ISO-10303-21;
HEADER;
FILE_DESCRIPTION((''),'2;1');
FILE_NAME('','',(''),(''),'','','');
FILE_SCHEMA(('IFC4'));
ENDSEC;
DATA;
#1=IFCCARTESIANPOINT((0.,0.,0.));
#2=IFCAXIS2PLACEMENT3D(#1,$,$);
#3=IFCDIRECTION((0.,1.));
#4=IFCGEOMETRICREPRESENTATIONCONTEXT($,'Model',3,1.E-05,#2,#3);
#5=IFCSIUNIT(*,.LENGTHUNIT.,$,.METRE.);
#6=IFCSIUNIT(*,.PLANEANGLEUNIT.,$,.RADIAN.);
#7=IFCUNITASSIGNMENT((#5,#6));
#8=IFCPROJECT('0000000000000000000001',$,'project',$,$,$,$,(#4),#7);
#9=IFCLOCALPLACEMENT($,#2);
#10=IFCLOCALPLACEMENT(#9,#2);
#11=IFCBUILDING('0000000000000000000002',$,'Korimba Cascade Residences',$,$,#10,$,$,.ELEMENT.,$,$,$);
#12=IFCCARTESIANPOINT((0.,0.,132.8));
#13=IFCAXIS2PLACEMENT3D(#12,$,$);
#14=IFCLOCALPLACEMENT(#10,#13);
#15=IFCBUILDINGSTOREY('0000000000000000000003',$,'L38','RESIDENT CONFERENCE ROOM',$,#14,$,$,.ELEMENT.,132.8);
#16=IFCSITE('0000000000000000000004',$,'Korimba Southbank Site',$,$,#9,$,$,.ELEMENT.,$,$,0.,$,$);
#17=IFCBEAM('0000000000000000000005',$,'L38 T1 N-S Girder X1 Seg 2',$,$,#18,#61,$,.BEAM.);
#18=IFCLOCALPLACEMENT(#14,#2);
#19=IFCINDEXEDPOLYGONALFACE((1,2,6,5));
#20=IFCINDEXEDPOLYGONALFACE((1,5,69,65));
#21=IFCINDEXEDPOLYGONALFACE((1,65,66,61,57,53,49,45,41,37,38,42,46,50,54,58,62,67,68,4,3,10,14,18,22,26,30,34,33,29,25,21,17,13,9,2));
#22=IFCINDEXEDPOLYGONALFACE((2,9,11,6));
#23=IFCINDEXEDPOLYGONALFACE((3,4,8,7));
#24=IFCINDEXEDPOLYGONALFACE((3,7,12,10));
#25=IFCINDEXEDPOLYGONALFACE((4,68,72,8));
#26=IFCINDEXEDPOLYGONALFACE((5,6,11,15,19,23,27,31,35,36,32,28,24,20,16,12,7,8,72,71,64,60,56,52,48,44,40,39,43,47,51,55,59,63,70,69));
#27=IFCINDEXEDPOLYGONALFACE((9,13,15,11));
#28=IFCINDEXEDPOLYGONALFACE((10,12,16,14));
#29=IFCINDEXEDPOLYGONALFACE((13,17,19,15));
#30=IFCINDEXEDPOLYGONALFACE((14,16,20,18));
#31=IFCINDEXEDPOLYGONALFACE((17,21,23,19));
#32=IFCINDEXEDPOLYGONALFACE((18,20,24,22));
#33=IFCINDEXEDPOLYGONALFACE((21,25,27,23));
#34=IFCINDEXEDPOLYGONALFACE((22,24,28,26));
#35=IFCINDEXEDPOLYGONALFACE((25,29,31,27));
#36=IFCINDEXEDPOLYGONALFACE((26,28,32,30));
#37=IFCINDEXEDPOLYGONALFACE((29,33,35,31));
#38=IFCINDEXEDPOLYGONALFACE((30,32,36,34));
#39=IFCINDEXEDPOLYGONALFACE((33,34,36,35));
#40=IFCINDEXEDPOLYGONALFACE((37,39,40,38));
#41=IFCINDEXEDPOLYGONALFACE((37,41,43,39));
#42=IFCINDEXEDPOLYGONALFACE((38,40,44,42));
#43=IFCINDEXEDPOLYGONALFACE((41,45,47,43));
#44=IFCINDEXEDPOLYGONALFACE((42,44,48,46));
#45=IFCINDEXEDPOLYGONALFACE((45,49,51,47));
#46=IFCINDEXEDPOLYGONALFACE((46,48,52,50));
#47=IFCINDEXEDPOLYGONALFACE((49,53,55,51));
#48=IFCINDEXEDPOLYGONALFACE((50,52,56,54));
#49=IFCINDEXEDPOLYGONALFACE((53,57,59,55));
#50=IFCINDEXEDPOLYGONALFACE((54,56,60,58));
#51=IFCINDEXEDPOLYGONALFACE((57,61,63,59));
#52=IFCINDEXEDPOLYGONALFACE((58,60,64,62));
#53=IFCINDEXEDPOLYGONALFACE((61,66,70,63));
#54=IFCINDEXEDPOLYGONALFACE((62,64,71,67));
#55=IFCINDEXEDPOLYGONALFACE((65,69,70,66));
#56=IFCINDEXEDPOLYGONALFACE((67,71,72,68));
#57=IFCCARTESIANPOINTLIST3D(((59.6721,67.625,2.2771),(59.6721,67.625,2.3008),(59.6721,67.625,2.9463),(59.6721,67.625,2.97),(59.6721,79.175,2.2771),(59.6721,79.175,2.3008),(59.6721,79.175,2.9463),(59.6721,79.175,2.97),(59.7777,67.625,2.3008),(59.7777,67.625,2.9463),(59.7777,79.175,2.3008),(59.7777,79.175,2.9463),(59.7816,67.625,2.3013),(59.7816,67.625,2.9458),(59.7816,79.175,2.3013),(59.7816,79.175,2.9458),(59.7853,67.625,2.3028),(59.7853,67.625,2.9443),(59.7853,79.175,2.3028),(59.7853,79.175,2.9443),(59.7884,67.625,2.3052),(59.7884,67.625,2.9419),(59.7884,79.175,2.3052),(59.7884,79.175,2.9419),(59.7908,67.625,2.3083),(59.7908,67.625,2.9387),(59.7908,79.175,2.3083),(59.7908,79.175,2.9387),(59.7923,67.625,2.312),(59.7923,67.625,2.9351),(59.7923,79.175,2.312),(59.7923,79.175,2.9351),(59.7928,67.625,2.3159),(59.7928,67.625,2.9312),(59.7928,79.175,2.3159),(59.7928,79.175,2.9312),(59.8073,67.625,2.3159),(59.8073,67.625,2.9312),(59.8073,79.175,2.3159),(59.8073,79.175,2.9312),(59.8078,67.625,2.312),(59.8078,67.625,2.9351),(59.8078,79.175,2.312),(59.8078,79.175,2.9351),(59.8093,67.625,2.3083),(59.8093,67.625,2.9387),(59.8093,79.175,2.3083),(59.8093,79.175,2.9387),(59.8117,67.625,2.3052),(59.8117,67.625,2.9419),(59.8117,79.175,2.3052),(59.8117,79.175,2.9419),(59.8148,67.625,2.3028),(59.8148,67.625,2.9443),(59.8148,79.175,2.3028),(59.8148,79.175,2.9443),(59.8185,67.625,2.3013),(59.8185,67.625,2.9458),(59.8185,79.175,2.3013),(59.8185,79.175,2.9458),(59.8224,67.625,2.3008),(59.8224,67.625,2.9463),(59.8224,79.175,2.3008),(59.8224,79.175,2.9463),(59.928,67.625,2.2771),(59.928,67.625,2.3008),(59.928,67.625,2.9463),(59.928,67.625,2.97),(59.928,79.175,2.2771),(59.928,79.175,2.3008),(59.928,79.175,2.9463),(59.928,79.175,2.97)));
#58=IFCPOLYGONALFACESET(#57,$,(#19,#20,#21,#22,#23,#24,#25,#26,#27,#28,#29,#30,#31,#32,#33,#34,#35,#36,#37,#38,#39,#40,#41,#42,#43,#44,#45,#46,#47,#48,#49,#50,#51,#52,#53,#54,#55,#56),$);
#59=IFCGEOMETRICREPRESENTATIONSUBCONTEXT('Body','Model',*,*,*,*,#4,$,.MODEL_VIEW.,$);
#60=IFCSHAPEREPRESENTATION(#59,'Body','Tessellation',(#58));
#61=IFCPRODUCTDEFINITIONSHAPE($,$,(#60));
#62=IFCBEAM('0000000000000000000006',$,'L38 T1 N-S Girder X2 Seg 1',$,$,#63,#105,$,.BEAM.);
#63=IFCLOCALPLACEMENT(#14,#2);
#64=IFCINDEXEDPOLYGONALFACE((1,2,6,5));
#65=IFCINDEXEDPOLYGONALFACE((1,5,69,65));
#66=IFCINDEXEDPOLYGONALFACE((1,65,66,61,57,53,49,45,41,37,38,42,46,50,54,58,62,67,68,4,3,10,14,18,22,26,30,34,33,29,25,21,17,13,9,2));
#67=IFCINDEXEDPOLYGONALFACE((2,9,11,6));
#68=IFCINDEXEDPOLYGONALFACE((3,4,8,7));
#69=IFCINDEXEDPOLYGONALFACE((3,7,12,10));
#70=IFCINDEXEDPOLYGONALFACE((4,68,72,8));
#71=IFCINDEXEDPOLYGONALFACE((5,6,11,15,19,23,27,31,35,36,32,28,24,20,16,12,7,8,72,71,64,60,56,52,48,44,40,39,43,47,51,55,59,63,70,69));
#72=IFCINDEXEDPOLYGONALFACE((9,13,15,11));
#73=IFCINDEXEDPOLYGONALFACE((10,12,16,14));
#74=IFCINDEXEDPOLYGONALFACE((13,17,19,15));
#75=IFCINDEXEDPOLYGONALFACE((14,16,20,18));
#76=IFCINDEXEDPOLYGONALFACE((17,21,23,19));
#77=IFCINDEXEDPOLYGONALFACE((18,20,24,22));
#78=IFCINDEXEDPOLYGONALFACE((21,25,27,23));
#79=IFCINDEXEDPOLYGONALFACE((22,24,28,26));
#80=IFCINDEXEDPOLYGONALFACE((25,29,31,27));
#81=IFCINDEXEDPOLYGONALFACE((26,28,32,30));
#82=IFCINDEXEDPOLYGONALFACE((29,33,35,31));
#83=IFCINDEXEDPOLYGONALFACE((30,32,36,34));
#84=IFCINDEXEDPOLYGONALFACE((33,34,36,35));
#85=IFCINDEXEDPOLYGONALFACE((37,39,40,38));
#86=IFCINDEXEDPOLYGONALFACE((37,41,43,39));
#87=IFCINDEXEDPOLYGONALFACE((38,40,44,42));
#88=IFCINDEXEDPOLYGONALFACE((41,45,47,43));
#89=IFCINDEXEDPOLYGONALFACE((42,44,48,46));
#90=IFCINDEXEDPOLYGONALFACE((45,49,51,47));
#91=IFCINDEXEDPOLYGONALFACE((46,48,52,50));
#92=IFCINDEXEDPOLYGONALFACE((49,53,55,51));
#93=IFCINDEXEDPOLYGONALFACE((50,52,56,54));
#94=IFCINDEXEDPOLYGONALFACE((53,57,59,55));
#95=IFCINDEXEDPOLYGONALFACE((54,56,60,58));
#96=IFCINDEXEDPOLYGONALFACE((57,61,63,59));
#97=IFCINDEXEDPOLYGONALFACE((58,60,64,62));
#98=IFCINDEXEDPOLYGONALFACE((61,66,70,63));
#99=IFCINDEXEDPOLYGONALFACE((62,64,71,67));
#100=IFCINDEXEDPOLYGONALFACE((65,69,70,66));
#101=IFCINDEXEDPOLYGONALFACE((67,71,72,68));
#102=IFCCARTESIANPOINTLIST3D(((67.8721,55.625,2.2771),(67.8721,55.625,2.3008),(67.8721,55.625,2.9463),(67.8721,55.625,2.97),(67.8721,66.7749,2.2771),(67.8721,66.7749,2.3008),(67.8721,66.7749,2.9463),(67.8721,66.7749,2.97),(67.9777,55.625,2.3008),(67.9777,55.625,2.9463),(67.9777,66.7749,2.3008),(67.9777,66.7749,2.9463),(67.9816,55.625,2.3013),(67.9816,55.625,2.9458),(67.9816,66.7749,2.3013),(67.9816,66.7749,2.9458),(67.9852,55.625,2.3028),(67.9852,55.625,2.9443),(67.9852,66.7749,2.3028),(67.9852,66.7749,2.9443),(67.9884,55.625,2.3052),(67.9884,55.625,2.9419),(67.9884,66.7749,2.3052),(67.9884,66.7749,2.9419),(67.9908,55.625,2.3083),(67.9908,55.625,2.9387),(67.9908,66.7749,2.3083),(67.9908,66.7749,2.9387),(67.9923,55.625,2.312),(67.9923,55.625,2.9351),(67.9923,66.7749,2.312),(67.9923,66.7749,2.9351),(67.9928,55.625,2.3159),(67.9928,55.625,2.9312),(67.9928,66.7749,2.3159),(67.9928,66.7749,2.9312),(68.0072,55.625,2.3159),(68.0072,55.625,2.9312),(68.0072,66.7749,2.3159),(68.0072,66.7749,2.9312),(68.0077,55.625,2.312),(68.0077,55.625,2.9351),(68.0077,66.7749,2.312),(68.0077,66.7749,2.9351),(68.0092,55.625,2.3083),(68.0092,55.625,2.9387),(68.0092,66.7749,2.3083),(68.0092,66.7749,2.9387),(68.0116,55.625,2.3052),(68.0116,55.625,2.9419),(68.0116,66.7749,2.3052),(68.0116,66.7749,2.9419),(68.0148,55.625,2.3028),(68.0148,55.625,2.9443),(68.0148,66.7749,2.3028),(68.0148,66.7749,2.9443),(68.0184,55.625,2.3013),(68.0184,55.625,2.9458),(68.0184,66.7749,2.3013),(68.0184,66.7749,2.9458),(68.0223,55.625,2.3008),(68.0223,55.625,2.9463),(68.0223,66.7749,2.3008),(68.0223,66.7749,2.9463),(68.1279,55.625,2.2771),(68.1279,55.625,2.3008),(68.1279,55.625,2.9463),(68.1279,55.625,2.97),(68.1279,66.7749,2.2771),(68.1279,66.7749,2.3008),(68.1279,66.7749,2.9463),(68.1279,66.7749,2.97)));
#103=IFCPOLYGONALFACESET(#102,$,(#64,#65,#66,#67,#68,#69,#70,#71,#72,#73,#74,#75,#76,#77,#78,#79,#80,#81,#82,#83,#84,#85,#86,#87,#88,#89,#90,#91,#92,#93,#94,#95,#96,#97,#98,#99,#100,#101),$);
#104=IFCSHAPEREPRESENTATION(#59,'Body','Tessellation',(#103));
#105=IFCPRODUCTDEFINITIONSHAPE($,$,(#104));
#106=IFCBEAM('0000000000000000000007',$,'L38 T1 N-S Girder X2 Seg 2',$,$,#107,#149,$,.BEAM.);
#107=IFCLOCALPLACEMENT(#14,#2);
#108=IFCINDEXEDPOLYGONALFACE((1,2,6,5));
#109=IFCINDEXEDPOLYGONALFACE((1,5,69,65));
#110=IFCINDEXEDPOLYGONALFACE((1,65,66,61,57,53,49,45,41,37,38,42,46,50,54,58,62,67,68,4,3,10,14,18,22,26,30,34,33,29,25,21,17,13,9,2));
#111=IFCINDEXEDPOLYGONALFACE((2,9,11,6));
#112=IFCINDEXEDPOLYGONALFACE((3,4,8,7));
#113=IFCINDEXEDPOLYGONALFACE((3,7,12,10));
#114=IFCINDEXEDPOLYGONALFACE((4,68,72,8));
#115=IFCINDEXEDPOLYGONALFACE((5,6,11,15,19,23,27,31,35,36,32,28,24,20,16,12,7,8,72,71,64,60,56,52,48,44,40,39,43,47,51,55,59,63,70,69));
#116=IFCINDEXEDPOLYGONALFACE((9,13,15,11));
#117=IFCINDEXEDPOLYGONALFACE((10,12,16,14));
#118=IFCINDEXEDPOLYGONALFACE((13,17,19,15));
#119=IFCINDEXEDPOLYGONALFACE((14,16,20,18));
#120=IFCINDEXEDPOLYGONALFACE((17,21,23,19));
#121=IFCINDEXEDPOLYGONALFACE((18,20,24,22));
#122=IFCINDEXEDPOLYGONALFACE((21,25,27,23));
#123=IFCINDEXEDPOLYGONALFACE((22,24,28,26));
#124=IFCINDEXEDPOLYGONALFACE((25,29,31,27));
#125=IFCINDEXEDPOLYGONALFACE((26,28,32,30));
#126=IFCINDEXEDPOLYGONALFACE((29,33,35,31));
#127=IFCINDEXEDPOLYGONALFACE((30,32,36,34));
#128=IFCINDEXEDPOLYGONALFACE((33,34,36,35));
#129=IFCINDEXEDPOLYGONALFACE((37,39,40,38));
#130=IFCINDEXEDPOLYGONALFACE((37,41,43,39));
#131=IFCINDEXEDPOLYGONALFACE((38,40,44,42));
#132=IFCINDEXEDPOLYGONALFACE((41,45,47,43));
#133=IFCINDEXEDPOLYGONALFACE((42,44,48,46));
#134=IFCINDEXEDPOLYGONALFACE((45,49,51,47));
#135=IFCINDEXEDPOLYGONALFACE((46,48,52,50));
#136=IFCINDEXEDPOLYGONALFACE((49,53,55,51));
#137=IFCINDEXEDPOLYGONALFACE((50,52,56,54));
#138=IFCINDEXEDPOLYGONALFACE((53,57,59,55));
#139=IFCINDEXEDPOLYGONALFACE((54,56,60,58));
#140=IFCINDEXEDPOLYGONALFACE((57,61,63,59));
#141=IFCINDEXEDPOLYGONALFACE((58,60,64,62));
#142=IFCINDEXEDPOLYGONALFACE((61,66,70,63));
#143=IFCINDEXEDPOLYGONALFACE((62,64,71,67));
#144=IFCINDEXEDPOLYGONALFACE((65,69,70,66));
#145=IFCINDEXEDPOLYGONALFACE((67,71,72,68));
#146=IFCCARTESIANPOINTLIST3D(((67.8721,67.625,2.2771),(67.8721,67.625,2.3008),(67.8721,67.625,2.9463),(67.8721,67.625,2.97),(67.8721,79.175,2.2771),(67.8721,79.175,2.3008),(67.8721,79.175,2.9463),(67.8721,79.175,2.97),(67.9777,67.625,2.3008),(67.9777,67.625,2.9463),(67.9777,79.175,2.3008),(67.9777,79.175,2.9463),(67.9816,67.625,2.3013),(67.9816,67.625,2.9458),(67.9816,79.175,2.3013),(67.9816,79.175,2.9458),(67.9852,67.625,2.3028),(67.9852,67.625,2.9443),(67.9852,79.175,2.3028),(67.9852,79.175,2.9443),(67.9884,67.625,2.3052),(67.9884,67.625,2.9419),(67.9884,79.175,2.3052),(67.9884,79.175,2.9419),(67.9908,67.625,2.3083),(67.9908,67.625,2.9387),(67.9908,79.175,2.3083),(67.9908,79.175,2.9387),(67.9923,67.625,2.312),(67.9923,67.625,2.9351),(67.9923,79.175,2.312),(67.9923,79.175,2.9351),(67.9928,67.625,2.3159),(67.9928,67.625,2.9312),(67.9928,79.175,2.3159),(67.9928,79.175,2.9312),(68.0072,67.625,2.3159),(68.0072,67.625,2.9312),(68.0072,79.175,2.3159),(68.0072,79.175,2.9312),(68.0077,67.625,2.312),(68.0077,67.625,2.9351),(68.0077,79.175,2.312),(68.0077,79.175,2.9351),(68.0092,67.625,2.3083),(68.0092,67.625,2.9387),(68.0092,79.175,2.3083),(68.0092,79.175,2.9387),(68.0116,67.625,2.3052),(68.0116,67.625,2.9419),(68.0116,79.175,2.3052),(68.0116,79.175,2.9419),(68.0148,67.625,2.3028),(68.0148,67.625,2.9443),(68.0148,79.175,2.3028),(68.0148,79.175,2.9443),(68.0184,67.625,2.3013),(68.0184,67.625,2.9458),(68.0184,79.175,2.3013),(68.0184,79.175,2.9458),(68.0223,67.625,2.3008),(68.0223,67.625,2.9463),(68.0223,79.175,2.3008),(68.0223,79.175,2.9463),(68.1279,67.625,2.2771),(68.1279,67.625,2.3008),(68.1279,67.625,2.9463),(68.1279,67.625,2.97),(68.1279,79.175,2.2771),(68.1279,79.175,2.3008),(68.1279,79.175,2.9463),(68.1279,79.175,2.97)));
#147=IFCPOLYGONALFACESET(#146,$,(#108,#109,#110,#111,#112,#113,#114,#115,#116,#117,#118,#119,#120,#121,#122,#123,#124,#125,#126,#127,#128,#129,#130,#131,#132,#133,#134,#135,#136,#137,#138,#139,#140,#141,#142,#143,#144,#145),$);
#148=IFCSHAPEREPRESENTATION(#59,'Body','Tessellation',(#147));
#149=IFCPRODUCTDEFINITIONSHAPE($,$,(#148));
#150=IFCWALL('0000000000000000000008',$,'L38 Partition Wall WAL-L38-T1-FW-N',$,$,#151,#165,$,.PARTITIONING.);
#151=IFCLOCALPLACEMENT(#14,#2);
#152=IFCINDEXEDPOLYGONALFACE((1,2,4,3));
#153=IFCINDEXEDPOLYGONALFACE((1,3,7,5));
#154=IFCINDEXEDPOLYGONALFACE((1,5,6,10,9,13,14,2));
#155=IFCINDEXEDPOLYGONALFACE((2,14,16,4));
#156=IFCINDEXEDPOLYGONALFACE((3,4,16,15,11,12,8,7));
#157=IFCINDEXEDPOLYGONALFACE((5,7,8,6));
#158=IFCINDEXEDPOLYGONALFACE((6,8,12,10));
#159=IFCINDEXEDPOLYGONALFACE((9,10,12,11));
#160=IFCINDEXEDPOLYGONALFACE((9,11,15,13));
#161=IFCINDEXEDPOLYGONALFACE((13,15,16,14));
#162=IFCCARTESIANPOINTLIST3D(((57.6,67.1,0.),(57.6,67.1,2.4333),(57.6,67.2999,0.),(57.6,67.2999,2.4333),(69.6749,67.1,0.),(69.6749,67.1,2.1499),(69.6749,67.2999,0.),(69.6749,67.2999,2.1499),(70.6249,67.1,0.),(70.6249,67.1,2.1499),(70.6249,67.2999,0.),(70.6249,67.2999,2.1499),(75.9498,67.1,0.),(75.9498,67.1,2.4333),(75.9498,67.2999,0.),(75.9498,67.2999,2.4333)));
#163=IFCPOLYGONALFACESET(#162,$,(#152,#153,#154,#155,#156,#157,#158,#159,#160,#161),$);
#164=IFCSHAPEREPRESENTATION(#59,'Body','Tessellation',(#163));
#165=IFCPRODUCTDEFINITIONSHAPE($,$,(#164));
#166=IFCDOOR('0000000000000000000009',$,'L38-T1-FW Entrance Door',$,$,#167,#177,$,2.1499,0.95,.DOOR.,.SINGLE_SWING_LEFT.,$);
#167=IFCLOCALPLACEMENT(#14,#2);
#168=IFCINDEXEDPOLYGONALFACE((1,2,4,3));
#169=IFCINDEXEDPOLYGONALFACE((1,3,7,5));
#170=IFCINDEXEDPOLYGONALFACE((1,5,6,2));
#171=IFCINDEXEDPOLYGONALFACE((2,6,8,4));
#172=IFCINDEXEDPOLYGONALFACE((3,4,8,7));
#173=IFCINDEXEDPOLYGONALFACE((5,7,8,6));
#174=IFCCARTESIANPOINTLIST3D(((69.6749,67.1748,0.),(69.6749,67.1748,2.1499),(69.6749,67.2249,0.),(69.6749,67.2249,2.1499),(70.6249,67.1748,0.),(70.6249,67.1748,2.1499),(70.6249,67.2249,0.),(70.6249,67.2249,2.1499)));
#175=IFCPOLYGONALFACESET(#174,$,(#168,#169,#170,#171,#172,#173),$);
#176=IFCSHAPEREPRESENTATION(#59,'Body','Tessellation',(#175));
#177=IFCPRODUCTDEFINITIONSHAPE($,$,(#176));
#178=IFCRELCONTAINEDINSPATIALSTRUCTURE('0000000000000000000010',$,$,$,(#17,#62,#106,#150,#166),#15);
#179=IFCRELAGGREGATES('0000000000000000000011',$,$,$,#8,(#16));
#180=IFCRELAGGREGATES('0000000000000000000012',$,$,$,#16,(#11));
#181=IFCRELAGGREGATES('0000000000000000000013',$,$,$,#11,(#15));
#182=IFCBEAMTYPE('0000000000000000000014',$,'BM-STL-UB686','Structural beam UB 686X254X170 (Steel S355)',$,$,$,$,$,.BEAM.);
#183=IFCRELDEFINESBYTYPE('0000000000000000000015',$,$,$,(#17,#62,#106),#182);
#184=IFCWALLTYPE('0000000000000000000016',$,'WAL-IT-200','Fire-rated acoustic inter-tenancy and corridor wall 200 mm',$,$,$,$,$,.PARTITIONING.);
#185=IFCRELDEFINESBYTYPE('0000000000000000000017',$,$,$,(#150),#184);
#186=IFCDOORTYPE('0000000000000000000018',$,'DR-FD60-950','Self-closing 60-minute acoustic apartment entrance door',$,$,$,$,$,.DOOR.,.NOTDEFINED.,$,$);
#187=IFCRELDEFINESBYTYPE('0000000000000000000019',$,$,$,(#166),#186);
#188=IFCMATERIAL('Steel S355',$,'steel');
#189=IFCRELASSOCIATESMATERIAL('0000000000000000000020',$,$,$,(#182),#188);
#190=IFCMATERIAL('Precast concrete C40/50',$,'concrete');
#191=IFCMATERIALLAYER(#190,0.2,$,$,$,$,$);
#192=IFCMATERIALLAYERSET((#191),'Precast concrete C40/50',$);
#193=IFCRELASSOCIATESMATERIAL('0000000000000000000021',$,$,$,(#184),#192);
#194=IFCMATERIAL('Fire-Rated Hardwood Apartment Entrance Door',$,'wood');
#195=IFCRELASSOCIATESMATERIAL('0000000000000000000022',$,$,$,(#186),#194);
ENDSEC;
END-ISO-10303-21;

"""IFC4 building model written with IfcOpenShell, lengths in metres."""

from ifc_helpers import new_model, si_unit, direction, frame, frame_2d, origin, origin_2d, place, context, subcontext, project, spatial, rectangle, i_section, extrude, material, layer, layer_set, material_profile, profile_set, type_object, element, fill, save


model = new_model("IFC4")

# Units and contexts
model_context = context("Model", 3, precision=1e-05, world=origin(), true_north=direction((0.0, 1.0)))
body_context = subcontext(model_context, "Body", "Model", "MODEL_VIEW")
ifc_project = project(units=[si_unit("LENGTHUNIT", "METRE"), si_unit("PLANEANGLEUNIT", "RADIAN")], contexts=[model_context])

# Site, building, storey
site_placement = place(None, origin())
site = spatial("IfcSite", under=ifc_project, at=site_placement, Name="Korimba Southbank Site", CompositionType="ELEMENT", RefElevation=0.0)
building_placement = place(site_placement, origin())
building = spatial("IfcBuilding", under=site, at=building_placement, Name="Korimba Cascade Residences", CompositionType="ELEMENT")
storey_placement = place(building_placement, frame((0.0, 0.0, 132.8)))
storey = spatial("IfcBuildingStorey", under=building, at=storey_placement, Name="L38", Description="RESIDENT CONFERENCE ROOM", CompositionType="ELEMENT", Elevation=132.8)

# Beams
ifc_material_1 = material(Name="Steel S355", Category="steel")
ifc_material_profile_1 = material_profile(ifc_material_1, i_section(OverallWidth=0.2559, OverallDepth=0.6929, WebThickness=0.0144, FlangeThickness=0.0237, FilletRadius=0.0151, at=origin_2d()), Name="Steel S355")
ifc_profile_set_1 = profile_set([ifc_material_profile_1], Name="Steel S355")
beam_type_1 = type_object("IfcBeamType", Name="BM-STL-UB686", Description="Structural beam UB 686X254X170 (Steel S355)", PredefinedType="BEAM", material=ifc_profile_set_1)
beam_1_placement = place(storey_placement, frame((59.8, 67.625, 2.6235), z_axis=(0.0, 1.0, 0.0), x_axis=(-1.0, 0.0, 0.0)))
element("IfcBeam", 1, at=beam_1_placement, inside=storey, type_object=beam_type_1, Name="L38 T1 N-S Girder X1 Seg 2", PredefinedType="BEAM", context=body_context, shape_type="SweptSolid", body=[
    extrude(i_section(OverallWidth=0.2559, OverallDepth=0.6929, WebThickness=0.0144, FlangeThickness=0.0237, FilletRadius=0.0151, at=origin_2d()), origin(), (0.0, 0.0, 1.0), 11.55),
])
beam_2_placement = place(storey_placement, frame((68.0, 55.625, 2.6235), z_axis=(0.0, 1.0, 0.0), x_axis=(-1.0, 0.0, 0.0)))
element("IfcBeam", 2, at=beam_2_placement, inside=storey, type_object=beam_type_1, Name="L38 T1 N-S Girder X2 Seg 1", PredefinedType="BEAM", context=body_context, shape_type="SweptSolid", body=[
    extrude(i_section(OverallWidth=0.2559, OverallDepth=0.6929, WebThickness=0.0144, FlangeThickness=0.0237, FilletRadius=0.0151, at=origin_2d()), origin(), (0.0, 0.0, 1.0), 11.1499),
])
beam_3_placement = place(storey_placement, frame((68.0, 67.625, 2.6235), z_axis=(0.0, 1.0, 0.0), x_axis=(-1.0, 0.0, 0.0)))
element("IfcBeam", 3, at=beam_3_placement, inside=storey, type_object=beam_type_1, Name="L38 T1 N-S Girder X2 Seg 2", PredefinedType="BEAM", context=body_context, shape_type="SweptSolid", body=[
    extrude(i_section(OverallWidth=0.2559, OverallDepth=0.6929, WebThickness=0.0144, FlangeThickness=0.0237, FilletRadius=0.0151, at=origin_2d()), origin(), (0.0, 0.0, 1.0), 11.55),
])

# Wall, opening, door
ifc_material_2 = material(Name="Precast concrete C40/50", Category="concrete")
ifc_layer_1 = layer(ifc_material_2, 0.2)
ifc_layer_set_1 = layer_set([ifc_layer_1], Name="Precast concrete C40/50")
wall_type_1 = type_object("IfcWallType", Name="WAL-IT-200", Description="Fire-rated acoustic inter-tenancy and corridor wall 200 mm", PredefinedType="PARTITIONING", material=ifc_layer_set_1)
wall_1_placement = place(storey_placement, frame((57.6001, 67.2, 0.0), z_axis=(0.0, 0.0, 1.0), x_axis=(1.0, 0.0, 0.0)))
wall_1 = element("IfcWall", 4, at=wall_1_placement, inside=storey, type_object=wall_type_1, Name="L38 Partition Wall WAL-L38-T1-FW-N", PredefinedType="PARTITIONING", context=body_context, shape_type="SweptSolid", body=[
    extrude(rectangle(XDim=18.3499, YDim=0.2, at=frame_2d((9.1748, 0.0))), origin(), (0.0, 0.0, 1.0), 2.4333),
])
opening_1_placement = place(wall_1_placement, frame((12.0747, 0.0, 0.0)))
opening_1 = element("IfcOpeningElement", 5, at=opening_1_placement, cuts=wall_1, PredefinedType="OPENING", context=body_context, shape_type="SweptSolid", body=[
    extrude(rectangle(XDim=0.95, YDim=2.1499, at=frame_2d((0.4751, 1.075))), frame((0.0, 0.1099, 0.0), z_axis=(0.0, -1.0, 0.0), x_axis=(1.0, 0.0, 0.0)), (0.0, 0.0, 1.0), 0.22),
])
ifc_material_3 = material(Name="Fire-Rated Hardwood Apartment Entrance Door", Category="wood")
door_type_1 = type_object("IfcDoorType", Name="DR-FD60-950", Description="Self-closing 60-minute acoustic apartment entrance door", OperationType="NOTDEFINED", PredefinedType="DOOR", material=ifc_material_3)
door_1_placement = place(opening_1_placement, origin())
door_1 = element("IfcDoor", 6, at=door_1_placement, inside=storey, type_object=door_type_1, Name="L38-T1-FW Entrance Door", OperationType="SINGLE_SWING_LEFT", OverallHeight=2.1499, OverallWidth=0.95, PredefinedType="DOOR", context=body_context, shape_type="SweptSolid", body=[
    extrude(rectangle(XDim=0.95, YDim=2.1499, at=frame_2d((0.4751, 1.075))), frame((0.0, 0.0249, 0.0), z_axis=(0.0, -1.0, 0.0), x_axis=(1.0, 0.0, 0.0)), (0.0, 0.0, 1.0), 0.05),
])
fill(opening_1, door_1)

save(model, "model.ifc")
